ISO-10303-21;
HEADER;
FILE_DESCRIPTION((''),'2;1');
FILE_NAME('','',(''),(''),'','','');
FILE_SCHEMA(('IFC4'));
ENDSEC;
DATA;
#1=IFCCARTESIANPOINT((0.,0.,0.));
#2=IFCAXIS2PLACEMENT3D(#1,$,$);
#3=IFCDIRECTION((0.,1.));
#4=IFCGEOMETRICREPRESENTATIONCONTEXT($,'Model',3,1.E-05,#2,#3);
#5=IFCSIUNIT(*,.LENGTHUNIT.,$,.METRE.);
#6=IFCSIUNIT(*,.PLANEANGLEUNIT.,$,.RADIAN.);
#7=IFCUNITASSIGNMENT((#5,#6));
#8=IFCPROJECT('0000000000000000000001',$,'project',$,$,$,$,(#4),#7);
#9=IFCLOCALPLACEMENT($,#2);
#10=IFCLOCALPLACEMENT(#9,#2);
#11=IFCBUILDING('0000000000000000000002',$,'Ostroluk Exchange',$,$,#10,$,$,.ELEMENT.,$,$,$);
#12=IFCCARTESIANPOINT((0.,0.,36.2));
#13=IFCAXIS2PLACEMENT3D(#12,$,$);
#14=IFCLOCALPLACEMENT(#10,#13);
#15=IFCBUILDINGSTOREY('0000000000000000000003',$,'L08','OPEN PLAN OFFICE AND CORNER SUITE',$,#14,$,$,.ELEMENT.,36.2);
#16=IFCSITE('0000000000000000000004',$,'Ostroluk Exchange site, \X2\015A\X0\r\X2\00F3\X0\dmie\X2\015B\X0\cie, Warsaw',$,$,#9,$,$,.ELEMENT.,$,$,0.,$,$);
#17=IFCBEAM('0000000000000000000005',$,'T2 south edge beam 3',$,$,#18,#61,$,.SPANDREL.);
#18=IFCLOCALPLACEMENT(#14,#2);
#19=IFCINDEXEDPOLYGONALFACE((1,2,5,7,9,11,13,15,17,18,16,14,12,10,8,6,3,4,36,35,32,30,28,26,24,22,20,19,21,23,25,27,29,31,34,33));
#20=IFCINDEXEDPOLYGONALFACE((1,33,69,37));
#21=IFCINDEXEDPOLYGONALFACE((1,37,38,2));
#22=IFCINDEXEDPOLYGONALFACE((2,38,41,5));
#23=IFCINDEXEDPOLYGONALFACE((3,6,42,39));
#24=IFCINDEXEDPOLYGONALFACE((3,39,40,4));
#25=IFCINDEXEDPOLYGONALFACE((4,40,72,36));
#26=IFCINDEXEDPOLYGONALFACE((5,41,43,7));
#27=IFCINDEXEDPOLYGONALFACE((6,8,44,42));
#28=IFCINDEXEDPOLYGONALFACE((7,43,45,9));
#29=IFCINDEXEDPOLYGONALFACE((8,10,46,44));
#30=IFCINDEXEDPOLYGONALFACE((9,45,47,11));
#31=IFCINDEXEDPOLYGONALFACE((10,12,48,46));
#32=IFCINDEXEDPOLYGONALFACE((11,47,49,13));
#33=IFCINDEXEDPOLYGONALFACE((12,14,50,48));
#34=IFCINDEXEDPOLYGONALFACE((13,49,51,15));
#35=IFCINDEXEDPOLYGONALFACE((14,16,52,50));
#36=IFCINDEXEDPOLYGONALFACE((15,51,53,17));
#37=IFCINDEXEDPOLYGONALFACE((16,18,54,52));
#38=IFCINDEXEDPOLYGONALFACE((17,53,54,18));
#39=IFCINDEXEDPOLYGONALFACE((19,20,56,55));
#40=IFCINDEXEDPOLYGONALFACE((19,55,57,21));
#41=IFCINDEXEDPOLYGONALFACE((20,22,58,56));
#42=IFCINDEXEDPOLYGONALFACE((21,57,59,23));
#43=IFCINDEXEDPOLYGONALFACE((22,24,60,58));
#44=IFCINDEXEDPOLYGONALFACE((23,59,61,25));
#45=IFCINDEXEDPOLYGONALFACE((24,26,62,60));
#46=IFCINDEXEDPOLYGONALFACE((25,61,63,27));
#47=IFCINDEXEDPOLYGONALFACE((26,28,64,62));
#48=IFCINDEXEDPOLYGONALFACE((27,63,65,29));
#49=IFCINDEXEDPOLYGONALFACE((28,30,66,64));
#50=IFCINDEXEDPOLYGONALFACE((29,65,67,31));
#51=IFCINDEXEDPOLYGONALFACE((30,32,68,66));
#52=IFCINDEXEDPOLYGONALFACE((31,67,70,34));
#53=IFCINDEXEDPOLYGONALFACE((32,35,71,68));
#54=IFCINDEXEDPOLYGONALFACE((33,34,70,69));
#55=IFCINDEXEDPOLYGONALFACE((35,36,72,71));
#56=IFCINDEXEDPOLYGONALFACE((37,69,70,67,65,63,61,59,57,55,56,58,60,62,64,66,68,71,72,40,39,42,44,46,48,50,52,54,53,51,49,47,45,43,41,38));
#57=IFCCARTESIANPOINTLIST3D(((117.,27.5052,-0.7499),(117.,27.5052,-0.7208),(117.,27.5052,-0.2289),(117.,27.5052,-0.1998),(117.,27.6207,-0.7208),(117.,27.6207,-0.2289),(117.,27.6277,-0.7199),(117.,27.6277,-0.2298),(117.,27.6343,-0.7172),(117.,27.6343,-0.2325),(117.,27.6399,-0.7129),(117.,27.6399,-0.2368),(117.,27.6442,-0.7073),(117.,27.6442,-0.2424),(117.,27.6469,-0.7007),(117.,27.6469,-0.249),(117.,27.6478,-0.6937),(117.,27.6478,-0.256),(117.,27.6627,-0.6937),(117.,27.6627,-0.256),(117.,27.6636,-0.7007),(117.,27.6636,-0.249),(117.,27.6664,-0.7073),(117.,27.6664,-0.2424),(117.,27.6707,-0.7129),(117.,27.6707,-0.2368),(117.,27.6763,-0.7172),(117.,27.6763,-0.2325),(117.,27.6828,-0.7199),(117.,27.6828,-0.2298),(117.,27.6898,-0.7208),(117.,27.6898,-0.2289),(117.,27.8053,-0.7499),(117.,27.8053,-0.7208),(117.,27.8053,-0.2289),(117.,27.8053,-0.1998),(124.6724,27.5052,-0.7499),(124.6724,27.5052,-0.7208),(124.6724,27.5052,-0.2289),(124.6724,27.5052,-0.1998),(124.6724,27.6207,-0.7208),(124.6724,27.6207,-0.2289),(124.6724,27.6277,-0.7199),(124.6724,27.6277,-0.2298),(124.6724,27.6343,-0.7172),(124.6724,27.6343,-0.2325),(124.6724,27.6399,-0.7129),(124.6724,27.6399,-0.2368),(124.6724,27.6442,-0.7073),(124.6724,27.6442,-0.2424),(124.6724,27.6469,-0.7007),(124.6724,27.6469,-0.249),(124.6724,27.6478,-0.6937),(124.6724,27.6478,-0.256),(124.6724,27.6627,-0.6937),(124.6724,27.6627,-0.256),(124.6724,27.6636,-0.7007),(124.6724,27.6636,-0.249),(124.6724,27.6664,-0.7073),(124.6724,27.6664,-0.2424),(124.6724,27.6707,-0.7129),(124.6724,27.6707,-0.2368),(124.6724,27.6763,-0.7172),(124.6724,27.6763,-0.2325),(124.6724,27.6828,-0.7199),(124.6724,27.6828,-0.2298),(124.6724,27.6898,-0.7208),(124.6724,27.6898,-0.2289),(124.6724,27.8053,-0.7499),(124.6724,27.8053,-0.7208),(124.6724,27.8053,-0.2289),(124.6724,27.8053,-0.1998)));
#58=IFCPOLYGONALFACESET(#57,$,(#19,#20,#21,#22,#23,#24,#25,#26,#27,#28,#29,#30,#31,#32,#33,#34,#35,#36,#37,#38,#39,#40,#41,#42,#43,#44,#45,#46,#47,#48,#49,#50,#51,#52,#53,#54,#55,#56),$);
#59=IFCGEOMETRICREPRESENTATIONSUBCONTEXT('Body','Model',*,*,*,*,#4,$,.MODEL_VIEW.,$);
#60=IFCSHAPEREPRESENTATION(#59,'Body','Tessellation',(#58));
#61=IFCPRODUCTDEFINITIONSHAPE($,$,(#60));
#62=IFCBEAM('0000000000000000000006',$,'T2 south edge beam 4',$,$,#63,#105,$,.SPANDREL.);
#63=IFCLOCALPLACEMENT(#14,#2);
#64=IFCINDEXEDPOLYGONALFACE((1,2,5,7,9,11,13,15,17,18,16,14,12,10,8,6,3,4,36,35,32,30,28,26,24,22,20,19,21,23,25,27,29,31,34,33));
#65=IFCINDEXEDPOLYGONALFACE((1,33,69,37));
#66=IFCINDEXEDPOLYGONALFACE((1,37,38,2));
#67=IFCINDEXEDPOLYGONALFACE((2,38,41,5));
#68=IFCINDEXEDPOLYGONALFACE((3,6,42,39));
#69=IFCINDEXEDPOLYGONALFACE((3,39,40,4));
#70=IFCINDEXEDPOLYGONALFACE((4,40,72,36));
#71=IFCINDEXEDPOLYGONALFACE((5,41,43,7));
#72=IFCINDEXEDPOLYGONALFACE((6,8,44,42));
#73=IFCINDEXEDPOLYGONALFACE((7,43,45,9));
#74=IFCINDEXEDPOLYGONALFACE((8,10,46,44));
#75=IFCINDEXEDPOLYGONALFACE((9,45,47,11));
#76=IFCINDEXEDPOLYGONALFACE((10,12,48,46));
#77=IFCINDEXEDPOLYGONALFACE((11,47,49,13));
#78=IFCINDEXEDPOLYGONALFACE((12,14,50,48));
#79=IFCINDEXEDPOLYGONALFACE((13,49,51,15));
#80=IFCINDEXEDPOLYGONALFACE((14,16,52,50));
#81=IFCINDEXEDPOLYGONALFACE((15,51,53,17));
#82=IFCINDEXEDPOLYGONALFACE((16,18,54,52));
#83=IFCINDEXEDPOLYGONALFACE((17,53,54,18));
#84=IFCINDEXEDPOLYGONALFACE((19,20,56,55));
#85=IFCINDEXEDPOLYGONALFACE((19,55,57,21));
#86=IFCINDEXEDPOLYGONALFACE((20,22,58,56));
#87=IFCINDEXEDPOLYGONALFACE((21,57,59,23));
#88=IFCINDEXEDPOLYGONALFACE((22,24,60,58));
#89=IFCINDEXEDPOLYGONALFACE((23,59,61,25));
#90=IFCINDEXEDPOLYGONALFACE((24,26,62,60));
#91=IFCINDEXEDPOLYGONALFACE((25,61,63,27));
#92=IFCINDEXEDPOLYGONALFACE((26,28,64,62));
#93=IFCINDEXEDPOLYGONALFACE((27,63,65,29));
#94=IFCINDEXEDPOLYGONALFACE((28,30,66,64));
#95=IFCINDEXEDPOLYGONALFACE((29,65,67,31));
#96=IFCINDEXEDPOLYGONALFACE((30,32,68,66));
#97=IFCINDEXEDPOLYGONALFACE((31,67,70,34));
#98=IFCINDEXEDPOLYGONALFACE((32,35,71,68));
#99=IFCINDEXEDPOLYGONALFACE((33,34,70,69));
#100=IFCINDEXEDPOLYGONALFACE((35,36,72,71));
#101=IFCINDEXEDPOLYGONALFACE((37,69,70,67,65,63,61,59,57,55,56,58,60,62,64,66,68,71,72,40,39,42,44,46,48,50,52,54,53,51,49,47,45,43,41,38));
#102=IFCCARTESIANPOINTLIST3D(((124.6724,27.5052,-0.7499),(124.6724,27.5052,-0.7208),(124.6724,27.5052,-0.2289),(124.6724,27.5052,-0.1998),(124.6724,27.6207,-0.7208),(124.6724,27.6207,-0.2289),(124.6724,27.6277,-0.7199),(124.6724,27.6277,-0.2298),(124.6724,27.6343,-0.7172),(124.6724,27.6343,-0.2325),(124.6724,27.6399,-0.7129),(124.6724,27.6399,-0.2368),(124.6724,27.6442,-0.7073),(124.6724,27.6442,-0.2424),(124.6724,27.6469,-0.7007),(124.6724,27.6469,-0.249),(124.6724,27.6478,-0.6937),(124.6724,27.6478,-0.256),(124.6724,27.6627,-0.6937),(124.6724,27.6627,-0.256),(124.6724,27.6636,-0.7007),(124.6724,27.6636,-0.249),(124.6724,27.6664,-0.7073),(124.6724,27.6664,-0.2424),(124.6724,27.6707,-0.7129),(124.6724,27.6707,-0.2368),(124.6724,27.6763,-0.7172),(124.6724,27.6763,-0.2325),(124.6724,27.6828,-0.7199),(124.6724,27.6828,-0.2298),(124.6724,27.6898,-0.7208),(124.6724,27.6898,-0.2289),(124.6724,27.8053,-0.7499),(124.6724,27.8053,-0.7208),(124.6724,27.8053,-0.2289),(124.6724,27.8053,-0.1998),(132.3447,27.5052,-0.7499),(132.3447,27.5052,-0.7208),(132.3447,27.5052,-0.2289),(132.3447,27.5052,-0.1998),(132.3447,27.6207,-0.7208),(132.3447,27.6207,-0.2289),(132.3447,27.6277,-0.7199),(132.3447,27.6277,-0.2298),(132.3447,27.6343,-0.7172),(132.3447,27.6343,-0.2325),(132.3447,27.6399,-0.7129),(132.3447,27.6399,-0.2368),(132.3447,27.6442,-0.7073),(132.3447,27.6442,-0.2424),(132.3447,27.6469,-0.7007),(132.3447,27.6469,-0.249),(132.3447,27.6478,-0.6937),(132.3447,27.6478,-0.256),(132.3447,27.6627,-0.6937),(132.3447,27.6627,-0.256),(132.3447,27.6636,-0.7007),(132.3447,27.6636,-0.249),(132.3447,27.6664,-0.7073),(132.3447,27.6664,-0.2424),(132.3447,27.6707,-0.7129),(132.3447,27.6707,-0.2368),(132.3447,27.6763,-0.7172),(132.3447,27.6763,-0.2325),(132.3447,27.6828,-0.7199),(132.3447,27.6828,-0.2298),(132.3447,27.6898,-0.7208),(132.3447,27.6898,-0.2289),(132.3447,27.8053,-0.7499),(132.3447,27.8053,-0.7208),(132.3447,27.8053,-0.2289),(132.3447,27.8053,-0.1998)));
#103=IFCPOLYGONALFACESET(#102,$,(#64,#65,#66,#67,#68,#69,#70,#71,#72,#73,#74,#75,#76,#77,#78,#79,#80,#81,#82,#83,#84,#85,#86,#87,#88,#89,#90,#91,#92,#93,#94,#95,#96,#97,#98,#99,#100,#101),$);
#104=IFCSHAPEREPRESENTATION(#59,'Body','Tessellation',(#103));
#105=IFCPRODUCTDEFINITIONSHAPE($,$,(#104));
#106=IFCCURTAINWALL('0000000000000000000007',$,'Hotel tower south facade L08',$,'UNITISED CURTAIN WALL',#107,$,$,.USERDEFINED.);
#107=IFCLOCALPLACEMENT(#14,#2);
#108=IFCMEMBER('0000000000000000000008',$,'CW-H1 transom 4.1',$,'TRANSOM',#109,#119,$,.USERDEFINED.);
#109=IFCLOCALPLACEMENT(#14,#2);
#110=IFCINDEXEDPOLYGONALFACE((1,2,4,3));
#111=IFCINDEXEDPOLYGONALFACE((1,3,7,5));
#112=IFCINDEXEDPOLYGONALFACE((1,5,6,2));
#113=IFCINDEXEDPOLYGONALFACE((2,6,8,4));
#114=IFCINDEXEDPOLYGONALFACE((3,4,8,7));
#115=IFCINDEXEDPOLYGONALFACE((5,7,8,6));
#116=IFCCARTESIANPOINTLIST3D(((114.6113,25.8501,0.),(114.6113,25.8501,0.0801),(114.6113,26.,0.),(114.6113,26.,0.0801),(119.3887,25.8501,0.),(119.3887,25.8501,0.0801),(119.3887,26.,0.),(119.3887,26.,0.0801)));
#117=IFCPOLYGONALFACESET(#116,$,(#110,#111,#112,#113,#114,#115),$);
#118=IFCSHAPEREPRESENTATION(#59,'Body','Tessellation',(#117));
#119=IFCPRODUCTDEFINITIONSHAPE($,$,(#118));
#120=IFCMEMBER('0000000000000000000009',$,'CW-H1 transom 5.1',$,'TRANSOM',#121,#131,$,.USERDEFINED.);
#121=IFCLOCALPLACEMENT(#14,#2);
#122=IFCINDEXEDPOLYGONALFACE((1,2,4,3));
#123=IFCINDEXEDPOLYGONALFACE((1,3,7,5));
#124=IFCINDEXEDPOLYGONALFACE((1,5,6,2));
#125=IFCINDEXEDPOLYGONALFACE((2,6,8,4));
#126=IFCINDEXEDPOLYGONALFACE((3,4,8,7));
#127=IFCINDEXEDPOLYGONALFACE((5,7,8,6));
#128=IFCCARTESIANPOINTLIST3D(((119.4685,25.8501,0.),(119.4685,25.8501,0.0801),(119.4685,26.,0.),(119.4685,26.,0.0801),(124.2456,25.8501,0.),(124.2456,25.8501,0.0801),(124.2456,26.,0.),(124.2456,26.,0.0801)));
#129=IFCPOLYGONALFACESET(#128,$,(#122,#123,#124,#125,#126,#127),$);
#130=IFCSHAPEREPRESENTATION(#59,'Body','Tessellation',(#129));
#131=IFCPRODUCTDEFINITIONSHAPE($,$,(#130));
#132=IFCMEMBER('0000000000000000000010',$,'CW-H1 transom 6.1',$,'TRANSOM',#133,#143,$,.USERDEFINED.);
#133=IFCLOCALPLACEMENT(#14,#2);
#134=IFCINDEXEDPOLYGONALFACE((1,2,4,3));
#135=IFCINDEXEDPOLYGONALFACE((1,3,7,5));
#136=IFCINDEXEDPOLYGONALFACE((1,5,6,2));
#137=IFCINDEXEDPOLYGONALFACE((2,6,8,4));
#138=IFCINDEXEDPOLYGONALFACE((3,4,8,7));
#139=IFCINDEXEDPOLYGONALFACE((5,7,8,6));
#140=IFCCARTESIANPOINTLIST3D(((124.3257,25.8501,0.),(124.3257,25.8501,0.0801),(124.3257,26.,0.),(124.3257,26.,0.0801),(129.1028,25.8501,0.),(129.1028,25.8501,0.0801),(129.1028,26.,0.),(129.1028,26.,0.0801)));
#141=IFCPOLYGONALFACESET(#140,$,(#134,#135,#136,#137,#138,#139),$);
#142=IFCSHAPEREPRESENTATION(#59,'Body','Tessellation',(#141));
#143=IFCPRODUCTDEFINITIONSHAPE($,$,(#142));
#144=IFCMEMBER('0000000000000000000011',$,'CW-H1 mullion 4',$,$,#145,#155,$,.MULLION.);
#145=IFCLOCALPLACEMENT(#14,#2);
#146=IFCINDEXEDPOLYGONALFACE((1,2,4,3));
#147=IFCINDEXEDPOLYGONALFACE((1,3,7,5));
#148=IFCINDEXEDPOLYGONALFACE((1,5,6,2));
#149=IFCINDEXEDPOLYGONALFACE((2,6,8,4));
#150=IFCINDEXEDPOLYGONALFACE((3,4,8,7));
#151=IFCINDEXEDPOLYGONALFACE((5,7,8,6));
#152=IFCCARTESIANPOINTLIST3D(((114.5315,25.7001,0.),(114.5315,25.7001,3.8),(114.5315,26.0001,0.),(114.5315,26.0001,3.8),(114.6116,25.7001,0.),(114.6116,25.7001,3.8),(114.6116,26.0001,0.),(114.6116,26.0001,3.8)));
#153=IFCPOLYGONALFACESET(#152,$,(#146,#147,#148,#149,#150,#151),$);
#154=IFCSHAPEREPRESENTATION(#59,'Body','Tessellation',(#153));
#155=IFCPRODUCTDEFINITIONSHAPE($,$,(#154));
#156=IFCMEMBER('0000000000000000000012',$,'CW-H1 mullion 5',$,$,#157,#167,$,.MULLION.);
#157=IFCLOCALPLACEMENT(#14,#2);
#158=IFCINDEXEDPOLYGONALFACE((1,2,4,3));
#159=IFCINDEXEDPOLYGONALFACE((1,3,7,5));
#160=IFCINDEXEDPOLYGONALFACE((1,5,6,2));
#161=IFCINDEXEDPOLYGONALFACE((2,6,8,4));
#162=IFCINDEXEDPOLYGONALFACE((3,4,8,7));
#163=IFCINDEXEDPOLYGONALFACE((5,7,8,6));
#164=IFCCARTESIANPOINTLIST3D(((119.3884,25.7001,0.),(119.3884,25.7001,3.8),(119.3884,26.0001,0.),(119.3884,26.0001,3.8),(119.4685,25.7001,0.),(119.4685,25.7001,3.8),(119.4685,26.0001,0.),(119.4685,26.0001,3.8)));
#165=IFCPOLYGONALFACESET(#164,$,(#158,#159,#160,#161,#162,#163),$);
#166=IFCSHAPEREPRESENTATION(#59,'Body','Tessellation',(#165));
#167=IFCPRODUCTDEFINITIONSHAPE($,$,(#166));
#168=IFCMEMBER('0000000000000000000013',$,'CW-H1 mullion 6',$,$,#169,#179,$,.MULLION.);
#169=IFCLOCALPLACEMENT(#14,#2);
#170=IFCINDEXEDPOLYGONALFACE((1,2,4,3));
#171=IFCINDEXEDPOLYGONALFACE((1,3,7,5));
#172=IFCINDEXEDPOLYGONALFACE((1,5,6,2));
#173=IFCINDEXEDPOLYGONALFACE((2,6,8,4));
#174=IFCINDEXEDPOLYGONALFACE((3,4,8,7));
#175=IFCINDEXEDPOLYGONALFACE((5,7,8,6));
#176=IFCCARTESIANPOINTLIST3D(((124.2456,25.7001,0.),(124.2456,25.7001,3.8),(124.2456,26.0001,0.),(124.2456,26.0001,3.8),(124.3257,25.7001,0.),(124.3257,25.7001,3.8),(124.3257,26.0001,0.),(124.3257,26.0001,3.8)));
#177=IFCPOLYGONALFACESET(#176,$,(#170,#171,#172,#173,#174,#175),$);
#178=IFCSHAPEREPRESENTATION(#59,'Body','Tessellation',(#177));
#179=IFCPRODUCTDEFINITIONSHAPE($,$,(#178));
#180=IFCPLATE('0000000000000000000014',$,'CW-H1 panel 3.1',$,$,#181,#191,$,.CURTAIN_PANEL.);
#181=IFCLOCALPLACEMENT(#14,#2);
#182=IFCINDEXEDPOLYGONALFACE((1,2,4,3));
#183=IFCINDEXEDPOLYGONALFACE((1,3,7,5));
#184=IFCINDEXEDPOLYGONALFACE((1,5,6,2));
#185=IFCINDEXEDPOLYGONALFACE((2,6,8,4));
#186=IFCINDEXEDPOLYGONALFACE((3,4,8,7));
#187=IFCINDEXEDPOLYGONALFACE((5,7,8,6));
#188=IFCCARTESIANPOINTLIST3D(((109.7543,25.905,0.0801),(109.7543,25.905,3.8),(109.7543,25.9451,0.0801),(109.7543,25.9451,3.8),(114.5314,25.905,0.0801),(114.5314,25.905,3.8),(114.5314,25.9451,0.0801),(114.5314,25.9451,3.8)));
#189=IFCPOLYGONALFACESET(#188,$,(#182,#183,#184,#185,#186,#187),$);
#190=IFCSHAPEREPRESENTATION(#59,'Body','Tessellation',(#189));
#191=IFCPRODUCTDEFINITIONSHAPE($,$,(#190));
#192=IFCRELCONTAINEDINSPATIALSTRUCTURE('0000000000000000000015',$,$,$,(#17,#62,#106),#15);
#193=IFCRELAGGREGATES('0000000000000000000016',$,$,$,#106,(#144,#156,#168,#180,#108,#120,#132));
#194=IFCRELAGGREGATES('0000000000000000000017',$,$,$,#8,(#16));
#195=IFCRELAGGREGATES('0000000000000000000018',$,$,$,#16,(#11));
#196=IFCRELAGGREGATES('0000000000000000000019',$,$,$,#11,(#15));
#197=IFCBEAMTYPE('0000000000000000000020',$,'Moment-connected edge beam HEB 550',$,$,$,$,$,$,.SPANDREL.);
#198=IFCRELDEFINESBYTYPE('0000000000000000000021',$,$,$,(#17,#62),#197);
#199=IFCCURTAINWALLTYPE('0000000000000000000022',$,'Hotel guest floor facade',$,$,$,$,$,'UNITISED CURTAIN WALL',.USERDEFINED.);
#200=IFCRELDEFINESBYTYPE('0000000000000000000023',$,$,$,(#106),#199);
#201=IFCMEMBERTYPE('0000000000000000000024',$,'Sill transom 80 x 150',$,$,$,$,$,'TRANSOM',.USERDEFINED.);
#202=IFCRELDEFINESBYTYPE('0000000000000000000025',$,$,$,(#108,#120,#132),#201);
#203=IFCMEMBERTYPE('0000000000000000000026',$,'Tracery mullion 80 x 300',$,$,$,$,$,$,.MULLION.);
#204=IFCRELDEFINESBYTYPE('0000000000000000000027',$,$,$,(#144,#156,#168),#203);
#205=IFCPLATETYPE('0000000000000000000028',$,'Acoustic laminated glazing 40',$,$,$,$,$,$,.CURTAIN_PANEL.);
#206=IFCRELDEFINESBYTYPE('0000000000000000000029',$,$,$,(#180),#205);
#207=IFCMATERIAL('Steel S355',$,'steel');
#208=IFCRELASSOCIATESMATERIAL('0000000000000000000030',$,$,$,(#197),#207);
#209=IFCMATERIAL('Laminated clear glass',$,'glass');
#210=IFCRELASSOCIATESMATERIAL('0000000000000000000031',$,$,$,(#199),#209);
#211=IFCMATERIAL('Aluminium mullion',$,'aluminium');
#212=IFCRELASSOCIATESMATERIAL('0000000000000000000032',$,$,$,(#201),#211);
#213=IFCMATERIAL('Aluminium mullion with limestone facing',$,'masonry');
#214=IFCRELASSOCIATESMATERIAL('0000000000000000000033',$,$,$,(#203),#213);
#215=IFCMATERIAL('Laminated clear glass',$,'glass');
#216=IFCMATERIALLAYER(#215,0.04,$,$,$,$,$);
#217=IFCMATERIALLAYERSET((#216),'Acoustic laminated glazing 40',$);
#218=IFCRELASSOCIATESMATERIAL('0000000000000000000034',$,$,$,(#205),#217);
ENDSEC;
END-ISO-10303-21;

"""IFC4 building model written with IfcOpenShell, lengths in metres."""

from ifc_helpers import new_model, si_unit, direction, frame, origin, origin_2d, place, context, subcontext, project, spatial, rectangle, i_section, extrude, material, layer, layer_set, material_profile, profile_set, type_object, element, aggregate, save


model = new_model("IFC4")

# Units and contexts
model_context = context("Model", 3, precision=1e-05, world=origin(), true_north=direction((0.0, 1.0)))
body_context = subcontext(model_context, "Body", "Model", "MODEL_VIEW")
ifc_project = project(units=[si_unit("LENGTHUNIT", "METRE"), si_unit("PLANEANGLEUNIT", "RADIAN")], contexts=[model_context])

# Site, building, storey
site_placement = place(None, origin())
site = spatial("IfcSite", under=ifc_project, at=site_placement, Name="Ostroluk Exchange site, Śródmieście, Warsaw", CompositionType="ELEMENT", RefElevation=0.0)
building_placement = place(site_placement, origin())
building = spatial("IfcBuilding", under=site, at=building_placement, Name="Ostroluk Exchange", CompositionType="ELEMENT")
storey_placement = place(building_placement, frame((0.0, 0.0, 36.2)))
storey = spatial("IfcBuildingStorey", under=building, at=storey_placement, Name="L08", Description="OPEN PLAN OFFICE AND CORNER SUITE", CompositionType="ELEMENT", Elevation=36.2)

# Beams
ifc_material_1 = material(Name="Steel S355", Category="steel")
ifc_material_profile_1 = material_profile(ifc_material_1, i_section(OverallWidth=0.3, OverallDepth=0.55, WebThickness=0.0149, FlangeThickness=0.0291, FilletRadius=0.0271, at=origin_2d()), Name="HEB 550")
ifc_profile_set_1 = profile_set([ifc_material_profile_1], Name="Steel S355")
beam_type = type_object("IfcBeamType", Name="Moment-connected edge beam HEB 550", PredefinedType="SPANDREL", material=ifc_profile_set_1)
for number, where, z_axis, x_axis, name in (
    (1, (117.0, 27.6553, -0.4749), (1.0, 0.0, 0.0), (0.0, 1.0, 0.0), "T2 south edge beam 3"),
    (2, (124.6724, 27.6553, -0.4749), (1.0, 0.0, 0.0), (0.0, 1.0, 0.0), "T2 south edge beam 4"),
):
    element("IfcBeam", number, at=place(storey_placement, frame(where, z_axis=z_axis, x_axis=x_axis)), inside=storey, type_object=beam_type, Name=name, PredefinedType="SPANDREL", context=body_context, shape_type="SweptSolid", body=[
        extrude(i_section(OverallWidth=0.3, OverallDepth=0.55, WebThickness=0.0149, FlangeThickness=0.0291, FilletRadius=0.0271, at=origin_2d()), origin(), (0.0, 0.0, 1.0), 7.6724),
    ])

# Curtain wall, members, plate
ifc_material_2 = material(Name="Laminated clear glass", Category="glass")
curtain_wall_type = type_object("IfcCurtainWallType", Name="Hotel guest floor facade", ElementType="UNITISED CURTAIN WALL", PredefinedType="USERDEFINED", material=ifc_material_2)
curtain_wall_placement = place(storey_placement, origin())
curtain_wall = element("IfcCurtainWall", 3, at=curtain_wall_placement, inside=storey, type_object=curtain_wall_type, Name="Hotel tower south facade L08", ObjectType="UNITISED CURTAIN WALL", PredefinedType="USERDEFINED")
ifc_material_3 = material(Name="Aluminium mullion", Category="aluminium")
ifc_material_profile_2 = material_profile(ifc_material_3, rectangle(XDim=0.1499, YDim=0.0801, at=origin_2d()), Name="Sill transom 80 x 150")
ifc_profile_set_2 = profile_set([ifc_material_profile_2], Name="Aluminium mullion")
member_type_1 = type_object("IfcMemberType", Name="Sill transom 80 x 150", ElementType="TRANSOM", PredefinedType="USERDEFINED", material=ifc_profile_set_2)
member_1_placement = place(storey_placement, frame((114.6113, 25.925, 0.04), z_axis=(1.0, 0.0, 0.0), x_axis=(0.0, 1.0, 0.0)))
member_1 = element("IfcMember", 4, at=member_1_placement, type_object=member_type_1, Name="CW-H1 transom 4.1", ObjectType="TRANSOM", PredefinedType="USERDEFINED", context=body_context, shape_type="SweptSolid", body=[
    extrude(rectangle(XDim=0.1499, YDim=0.0801, at=origin_2d()), origin(), (0.0, 0.0, 1.0), 4.7773),
])
member_2_placement = place(storey_placement, frame((119.4685, 25.925, 0.04), z_axis=(1.0, 0.0, 0.0), x_axis=(0.0, 1.0, 0.0)))
member_2 = element("IfcMember", 5, at=member_2_placement, type_object=member_type_1, Name="CW-H1 transom 5.1", ObjectType="TRANSOM", PredefinedType="USERDEFINED", context=body_context, shape_type="SweptSolid", body=[
    extrude(rectangle(XDim=0.1499, YDim=0.0801, at=origin_2d()), origin(), (0.0, 0.0, 1.0), 4.7771),
])
member_3_placement = place(storey_placement, frame((124.3257, 25.925, 0.04), z_axis=(1.0, 0.0, 0.0), x_axis=(0.0, 1.0, 0.0)))
member_3 = element("IfcMember", 6, at=member_3_placement, type_object=member_type_1, Name="CW-H1 transom 6.1", ObjectType="TRANSOM", PredefinedType="USERDEFINED", context=body_context, shape_type="SweptSolid", body=[
    extrude(rectangle(XDim=0.1499, YDim=0.0801, at=origin_2d()), origin(), (0.0, 0.0, 1.0), 4.7771),
])
ifc_material_4 = material(Name="Aluminium mullion with limestone facing", Category="masonry")
ifc_material_profile_3 = material_profile(ifc_material_4, rectangle(XDim=0.3, YDim=0.0801, at=origin_2d()), Name="Tracery mullion 80 x 300")
ifc_profile_set_3 = profile_set([ifc_material_profile_3], Name="Aluminium mullion with limestone facing")
member_type_2 = type_object("IfcMemberType", Name="Tracery mullion 80 x 300", PredefinedType="MULLION", material=ifc_profile_set_3)
member_4_placement = place(storey_placement, frame((114.5715, 25.8501, 0.0), z_axis=(0.0, 0.0, 1.0), x_axis=(0.0, 1.0, 0.0)))
member_4 = element("IfcMember", 7, at=member_4_placement, type_object=member_type_2, Name="CW-H1 mullion 4", PredefinedType="MULLION", context=body_context, shape_type="SweptSolid", body=[
    extrude(rectangle(XDim=0.3, YDim=0.0801, at=origin_2d()), origin(), (0.0, 0.0, 1.0), 3.8),
])
member_5_placement = place(storey_placement, frame((119.4285, 25.8501, 0.0), z_axis=(0.0, 0.0, 1.0), x_axis=(0.0, 1.0, 0.0)))
member_5 = element("IfcMember", 8, at=member_5_placement, type_object=member_type_2, Name="CW-H1 mullion 5", PredefinedType="MULLION", context=body_context, shape_type="SweptSolid", body=[
    extrude(rectangle(XDim=0.3, YDim=0.0801, at=origin_2d()), origin(), (0.0, 0.0, 1.0), 3.8),
])
member_6_placement = place(storey_placement, frame((124.2856, 25.8501, 0.0), z_axis=(0.0, 0.0, 1.0), x_axis=(0.0, 1.0, 0.0)))
member_6 = element("IfcMember", 9, at=member_6_placement, type_object=member_type_2, Name="CW-H1 mullion 6", PredefinedType="MULLION", context=body_context, shape_type="SweptSolid", body=[
    extrude(rectangle(XDim=0.3, YDim=0.0801, at=origin_2d()), origin(), (0.0, 0.0, 1.0), 3.8),
])
ifc_material_5 = material(Name="Laminated clear glass", Category="glass")
ifc_layer_1 = layer(ifc_material_5, 0.04)
ifc_layer_set_1 = layer_set([ifc_layer_1], Name="Acoustic laminated glazing 40")
plate_type = type_object("IfcPlateType", Name="Acoustic laminated glazing 40", PredefinedType="CURTAIN_PANEL", material=ifc_layer_set_1)
plate_1_placement = place(storey_placement, frame((112.1428, 25.925, 0.0801), z_axis=(0.0, 0.0, 1.0), x_axis=(1.0, 0.0, 0.0)))
plate_1 = element("IfcPlate", 10, at=plate_1_placement, type_object=plate_type, Name="CW-H1 panel 3.1", PredefinedType="CURTAIN_PANEL", context=body_context, shape_type="SweptSolid", body=[
    extrude(rectangle(XDim=4.7771, YDim=0.04, at=origin_2d()), origin(), (0.0, 0.0, 1.0), 3.72),
])
aggregate(curtain_wall, [member_4, member_5, member_6, plate_1, member_1, member_2, member_3])

save(model, "model.ifc")
